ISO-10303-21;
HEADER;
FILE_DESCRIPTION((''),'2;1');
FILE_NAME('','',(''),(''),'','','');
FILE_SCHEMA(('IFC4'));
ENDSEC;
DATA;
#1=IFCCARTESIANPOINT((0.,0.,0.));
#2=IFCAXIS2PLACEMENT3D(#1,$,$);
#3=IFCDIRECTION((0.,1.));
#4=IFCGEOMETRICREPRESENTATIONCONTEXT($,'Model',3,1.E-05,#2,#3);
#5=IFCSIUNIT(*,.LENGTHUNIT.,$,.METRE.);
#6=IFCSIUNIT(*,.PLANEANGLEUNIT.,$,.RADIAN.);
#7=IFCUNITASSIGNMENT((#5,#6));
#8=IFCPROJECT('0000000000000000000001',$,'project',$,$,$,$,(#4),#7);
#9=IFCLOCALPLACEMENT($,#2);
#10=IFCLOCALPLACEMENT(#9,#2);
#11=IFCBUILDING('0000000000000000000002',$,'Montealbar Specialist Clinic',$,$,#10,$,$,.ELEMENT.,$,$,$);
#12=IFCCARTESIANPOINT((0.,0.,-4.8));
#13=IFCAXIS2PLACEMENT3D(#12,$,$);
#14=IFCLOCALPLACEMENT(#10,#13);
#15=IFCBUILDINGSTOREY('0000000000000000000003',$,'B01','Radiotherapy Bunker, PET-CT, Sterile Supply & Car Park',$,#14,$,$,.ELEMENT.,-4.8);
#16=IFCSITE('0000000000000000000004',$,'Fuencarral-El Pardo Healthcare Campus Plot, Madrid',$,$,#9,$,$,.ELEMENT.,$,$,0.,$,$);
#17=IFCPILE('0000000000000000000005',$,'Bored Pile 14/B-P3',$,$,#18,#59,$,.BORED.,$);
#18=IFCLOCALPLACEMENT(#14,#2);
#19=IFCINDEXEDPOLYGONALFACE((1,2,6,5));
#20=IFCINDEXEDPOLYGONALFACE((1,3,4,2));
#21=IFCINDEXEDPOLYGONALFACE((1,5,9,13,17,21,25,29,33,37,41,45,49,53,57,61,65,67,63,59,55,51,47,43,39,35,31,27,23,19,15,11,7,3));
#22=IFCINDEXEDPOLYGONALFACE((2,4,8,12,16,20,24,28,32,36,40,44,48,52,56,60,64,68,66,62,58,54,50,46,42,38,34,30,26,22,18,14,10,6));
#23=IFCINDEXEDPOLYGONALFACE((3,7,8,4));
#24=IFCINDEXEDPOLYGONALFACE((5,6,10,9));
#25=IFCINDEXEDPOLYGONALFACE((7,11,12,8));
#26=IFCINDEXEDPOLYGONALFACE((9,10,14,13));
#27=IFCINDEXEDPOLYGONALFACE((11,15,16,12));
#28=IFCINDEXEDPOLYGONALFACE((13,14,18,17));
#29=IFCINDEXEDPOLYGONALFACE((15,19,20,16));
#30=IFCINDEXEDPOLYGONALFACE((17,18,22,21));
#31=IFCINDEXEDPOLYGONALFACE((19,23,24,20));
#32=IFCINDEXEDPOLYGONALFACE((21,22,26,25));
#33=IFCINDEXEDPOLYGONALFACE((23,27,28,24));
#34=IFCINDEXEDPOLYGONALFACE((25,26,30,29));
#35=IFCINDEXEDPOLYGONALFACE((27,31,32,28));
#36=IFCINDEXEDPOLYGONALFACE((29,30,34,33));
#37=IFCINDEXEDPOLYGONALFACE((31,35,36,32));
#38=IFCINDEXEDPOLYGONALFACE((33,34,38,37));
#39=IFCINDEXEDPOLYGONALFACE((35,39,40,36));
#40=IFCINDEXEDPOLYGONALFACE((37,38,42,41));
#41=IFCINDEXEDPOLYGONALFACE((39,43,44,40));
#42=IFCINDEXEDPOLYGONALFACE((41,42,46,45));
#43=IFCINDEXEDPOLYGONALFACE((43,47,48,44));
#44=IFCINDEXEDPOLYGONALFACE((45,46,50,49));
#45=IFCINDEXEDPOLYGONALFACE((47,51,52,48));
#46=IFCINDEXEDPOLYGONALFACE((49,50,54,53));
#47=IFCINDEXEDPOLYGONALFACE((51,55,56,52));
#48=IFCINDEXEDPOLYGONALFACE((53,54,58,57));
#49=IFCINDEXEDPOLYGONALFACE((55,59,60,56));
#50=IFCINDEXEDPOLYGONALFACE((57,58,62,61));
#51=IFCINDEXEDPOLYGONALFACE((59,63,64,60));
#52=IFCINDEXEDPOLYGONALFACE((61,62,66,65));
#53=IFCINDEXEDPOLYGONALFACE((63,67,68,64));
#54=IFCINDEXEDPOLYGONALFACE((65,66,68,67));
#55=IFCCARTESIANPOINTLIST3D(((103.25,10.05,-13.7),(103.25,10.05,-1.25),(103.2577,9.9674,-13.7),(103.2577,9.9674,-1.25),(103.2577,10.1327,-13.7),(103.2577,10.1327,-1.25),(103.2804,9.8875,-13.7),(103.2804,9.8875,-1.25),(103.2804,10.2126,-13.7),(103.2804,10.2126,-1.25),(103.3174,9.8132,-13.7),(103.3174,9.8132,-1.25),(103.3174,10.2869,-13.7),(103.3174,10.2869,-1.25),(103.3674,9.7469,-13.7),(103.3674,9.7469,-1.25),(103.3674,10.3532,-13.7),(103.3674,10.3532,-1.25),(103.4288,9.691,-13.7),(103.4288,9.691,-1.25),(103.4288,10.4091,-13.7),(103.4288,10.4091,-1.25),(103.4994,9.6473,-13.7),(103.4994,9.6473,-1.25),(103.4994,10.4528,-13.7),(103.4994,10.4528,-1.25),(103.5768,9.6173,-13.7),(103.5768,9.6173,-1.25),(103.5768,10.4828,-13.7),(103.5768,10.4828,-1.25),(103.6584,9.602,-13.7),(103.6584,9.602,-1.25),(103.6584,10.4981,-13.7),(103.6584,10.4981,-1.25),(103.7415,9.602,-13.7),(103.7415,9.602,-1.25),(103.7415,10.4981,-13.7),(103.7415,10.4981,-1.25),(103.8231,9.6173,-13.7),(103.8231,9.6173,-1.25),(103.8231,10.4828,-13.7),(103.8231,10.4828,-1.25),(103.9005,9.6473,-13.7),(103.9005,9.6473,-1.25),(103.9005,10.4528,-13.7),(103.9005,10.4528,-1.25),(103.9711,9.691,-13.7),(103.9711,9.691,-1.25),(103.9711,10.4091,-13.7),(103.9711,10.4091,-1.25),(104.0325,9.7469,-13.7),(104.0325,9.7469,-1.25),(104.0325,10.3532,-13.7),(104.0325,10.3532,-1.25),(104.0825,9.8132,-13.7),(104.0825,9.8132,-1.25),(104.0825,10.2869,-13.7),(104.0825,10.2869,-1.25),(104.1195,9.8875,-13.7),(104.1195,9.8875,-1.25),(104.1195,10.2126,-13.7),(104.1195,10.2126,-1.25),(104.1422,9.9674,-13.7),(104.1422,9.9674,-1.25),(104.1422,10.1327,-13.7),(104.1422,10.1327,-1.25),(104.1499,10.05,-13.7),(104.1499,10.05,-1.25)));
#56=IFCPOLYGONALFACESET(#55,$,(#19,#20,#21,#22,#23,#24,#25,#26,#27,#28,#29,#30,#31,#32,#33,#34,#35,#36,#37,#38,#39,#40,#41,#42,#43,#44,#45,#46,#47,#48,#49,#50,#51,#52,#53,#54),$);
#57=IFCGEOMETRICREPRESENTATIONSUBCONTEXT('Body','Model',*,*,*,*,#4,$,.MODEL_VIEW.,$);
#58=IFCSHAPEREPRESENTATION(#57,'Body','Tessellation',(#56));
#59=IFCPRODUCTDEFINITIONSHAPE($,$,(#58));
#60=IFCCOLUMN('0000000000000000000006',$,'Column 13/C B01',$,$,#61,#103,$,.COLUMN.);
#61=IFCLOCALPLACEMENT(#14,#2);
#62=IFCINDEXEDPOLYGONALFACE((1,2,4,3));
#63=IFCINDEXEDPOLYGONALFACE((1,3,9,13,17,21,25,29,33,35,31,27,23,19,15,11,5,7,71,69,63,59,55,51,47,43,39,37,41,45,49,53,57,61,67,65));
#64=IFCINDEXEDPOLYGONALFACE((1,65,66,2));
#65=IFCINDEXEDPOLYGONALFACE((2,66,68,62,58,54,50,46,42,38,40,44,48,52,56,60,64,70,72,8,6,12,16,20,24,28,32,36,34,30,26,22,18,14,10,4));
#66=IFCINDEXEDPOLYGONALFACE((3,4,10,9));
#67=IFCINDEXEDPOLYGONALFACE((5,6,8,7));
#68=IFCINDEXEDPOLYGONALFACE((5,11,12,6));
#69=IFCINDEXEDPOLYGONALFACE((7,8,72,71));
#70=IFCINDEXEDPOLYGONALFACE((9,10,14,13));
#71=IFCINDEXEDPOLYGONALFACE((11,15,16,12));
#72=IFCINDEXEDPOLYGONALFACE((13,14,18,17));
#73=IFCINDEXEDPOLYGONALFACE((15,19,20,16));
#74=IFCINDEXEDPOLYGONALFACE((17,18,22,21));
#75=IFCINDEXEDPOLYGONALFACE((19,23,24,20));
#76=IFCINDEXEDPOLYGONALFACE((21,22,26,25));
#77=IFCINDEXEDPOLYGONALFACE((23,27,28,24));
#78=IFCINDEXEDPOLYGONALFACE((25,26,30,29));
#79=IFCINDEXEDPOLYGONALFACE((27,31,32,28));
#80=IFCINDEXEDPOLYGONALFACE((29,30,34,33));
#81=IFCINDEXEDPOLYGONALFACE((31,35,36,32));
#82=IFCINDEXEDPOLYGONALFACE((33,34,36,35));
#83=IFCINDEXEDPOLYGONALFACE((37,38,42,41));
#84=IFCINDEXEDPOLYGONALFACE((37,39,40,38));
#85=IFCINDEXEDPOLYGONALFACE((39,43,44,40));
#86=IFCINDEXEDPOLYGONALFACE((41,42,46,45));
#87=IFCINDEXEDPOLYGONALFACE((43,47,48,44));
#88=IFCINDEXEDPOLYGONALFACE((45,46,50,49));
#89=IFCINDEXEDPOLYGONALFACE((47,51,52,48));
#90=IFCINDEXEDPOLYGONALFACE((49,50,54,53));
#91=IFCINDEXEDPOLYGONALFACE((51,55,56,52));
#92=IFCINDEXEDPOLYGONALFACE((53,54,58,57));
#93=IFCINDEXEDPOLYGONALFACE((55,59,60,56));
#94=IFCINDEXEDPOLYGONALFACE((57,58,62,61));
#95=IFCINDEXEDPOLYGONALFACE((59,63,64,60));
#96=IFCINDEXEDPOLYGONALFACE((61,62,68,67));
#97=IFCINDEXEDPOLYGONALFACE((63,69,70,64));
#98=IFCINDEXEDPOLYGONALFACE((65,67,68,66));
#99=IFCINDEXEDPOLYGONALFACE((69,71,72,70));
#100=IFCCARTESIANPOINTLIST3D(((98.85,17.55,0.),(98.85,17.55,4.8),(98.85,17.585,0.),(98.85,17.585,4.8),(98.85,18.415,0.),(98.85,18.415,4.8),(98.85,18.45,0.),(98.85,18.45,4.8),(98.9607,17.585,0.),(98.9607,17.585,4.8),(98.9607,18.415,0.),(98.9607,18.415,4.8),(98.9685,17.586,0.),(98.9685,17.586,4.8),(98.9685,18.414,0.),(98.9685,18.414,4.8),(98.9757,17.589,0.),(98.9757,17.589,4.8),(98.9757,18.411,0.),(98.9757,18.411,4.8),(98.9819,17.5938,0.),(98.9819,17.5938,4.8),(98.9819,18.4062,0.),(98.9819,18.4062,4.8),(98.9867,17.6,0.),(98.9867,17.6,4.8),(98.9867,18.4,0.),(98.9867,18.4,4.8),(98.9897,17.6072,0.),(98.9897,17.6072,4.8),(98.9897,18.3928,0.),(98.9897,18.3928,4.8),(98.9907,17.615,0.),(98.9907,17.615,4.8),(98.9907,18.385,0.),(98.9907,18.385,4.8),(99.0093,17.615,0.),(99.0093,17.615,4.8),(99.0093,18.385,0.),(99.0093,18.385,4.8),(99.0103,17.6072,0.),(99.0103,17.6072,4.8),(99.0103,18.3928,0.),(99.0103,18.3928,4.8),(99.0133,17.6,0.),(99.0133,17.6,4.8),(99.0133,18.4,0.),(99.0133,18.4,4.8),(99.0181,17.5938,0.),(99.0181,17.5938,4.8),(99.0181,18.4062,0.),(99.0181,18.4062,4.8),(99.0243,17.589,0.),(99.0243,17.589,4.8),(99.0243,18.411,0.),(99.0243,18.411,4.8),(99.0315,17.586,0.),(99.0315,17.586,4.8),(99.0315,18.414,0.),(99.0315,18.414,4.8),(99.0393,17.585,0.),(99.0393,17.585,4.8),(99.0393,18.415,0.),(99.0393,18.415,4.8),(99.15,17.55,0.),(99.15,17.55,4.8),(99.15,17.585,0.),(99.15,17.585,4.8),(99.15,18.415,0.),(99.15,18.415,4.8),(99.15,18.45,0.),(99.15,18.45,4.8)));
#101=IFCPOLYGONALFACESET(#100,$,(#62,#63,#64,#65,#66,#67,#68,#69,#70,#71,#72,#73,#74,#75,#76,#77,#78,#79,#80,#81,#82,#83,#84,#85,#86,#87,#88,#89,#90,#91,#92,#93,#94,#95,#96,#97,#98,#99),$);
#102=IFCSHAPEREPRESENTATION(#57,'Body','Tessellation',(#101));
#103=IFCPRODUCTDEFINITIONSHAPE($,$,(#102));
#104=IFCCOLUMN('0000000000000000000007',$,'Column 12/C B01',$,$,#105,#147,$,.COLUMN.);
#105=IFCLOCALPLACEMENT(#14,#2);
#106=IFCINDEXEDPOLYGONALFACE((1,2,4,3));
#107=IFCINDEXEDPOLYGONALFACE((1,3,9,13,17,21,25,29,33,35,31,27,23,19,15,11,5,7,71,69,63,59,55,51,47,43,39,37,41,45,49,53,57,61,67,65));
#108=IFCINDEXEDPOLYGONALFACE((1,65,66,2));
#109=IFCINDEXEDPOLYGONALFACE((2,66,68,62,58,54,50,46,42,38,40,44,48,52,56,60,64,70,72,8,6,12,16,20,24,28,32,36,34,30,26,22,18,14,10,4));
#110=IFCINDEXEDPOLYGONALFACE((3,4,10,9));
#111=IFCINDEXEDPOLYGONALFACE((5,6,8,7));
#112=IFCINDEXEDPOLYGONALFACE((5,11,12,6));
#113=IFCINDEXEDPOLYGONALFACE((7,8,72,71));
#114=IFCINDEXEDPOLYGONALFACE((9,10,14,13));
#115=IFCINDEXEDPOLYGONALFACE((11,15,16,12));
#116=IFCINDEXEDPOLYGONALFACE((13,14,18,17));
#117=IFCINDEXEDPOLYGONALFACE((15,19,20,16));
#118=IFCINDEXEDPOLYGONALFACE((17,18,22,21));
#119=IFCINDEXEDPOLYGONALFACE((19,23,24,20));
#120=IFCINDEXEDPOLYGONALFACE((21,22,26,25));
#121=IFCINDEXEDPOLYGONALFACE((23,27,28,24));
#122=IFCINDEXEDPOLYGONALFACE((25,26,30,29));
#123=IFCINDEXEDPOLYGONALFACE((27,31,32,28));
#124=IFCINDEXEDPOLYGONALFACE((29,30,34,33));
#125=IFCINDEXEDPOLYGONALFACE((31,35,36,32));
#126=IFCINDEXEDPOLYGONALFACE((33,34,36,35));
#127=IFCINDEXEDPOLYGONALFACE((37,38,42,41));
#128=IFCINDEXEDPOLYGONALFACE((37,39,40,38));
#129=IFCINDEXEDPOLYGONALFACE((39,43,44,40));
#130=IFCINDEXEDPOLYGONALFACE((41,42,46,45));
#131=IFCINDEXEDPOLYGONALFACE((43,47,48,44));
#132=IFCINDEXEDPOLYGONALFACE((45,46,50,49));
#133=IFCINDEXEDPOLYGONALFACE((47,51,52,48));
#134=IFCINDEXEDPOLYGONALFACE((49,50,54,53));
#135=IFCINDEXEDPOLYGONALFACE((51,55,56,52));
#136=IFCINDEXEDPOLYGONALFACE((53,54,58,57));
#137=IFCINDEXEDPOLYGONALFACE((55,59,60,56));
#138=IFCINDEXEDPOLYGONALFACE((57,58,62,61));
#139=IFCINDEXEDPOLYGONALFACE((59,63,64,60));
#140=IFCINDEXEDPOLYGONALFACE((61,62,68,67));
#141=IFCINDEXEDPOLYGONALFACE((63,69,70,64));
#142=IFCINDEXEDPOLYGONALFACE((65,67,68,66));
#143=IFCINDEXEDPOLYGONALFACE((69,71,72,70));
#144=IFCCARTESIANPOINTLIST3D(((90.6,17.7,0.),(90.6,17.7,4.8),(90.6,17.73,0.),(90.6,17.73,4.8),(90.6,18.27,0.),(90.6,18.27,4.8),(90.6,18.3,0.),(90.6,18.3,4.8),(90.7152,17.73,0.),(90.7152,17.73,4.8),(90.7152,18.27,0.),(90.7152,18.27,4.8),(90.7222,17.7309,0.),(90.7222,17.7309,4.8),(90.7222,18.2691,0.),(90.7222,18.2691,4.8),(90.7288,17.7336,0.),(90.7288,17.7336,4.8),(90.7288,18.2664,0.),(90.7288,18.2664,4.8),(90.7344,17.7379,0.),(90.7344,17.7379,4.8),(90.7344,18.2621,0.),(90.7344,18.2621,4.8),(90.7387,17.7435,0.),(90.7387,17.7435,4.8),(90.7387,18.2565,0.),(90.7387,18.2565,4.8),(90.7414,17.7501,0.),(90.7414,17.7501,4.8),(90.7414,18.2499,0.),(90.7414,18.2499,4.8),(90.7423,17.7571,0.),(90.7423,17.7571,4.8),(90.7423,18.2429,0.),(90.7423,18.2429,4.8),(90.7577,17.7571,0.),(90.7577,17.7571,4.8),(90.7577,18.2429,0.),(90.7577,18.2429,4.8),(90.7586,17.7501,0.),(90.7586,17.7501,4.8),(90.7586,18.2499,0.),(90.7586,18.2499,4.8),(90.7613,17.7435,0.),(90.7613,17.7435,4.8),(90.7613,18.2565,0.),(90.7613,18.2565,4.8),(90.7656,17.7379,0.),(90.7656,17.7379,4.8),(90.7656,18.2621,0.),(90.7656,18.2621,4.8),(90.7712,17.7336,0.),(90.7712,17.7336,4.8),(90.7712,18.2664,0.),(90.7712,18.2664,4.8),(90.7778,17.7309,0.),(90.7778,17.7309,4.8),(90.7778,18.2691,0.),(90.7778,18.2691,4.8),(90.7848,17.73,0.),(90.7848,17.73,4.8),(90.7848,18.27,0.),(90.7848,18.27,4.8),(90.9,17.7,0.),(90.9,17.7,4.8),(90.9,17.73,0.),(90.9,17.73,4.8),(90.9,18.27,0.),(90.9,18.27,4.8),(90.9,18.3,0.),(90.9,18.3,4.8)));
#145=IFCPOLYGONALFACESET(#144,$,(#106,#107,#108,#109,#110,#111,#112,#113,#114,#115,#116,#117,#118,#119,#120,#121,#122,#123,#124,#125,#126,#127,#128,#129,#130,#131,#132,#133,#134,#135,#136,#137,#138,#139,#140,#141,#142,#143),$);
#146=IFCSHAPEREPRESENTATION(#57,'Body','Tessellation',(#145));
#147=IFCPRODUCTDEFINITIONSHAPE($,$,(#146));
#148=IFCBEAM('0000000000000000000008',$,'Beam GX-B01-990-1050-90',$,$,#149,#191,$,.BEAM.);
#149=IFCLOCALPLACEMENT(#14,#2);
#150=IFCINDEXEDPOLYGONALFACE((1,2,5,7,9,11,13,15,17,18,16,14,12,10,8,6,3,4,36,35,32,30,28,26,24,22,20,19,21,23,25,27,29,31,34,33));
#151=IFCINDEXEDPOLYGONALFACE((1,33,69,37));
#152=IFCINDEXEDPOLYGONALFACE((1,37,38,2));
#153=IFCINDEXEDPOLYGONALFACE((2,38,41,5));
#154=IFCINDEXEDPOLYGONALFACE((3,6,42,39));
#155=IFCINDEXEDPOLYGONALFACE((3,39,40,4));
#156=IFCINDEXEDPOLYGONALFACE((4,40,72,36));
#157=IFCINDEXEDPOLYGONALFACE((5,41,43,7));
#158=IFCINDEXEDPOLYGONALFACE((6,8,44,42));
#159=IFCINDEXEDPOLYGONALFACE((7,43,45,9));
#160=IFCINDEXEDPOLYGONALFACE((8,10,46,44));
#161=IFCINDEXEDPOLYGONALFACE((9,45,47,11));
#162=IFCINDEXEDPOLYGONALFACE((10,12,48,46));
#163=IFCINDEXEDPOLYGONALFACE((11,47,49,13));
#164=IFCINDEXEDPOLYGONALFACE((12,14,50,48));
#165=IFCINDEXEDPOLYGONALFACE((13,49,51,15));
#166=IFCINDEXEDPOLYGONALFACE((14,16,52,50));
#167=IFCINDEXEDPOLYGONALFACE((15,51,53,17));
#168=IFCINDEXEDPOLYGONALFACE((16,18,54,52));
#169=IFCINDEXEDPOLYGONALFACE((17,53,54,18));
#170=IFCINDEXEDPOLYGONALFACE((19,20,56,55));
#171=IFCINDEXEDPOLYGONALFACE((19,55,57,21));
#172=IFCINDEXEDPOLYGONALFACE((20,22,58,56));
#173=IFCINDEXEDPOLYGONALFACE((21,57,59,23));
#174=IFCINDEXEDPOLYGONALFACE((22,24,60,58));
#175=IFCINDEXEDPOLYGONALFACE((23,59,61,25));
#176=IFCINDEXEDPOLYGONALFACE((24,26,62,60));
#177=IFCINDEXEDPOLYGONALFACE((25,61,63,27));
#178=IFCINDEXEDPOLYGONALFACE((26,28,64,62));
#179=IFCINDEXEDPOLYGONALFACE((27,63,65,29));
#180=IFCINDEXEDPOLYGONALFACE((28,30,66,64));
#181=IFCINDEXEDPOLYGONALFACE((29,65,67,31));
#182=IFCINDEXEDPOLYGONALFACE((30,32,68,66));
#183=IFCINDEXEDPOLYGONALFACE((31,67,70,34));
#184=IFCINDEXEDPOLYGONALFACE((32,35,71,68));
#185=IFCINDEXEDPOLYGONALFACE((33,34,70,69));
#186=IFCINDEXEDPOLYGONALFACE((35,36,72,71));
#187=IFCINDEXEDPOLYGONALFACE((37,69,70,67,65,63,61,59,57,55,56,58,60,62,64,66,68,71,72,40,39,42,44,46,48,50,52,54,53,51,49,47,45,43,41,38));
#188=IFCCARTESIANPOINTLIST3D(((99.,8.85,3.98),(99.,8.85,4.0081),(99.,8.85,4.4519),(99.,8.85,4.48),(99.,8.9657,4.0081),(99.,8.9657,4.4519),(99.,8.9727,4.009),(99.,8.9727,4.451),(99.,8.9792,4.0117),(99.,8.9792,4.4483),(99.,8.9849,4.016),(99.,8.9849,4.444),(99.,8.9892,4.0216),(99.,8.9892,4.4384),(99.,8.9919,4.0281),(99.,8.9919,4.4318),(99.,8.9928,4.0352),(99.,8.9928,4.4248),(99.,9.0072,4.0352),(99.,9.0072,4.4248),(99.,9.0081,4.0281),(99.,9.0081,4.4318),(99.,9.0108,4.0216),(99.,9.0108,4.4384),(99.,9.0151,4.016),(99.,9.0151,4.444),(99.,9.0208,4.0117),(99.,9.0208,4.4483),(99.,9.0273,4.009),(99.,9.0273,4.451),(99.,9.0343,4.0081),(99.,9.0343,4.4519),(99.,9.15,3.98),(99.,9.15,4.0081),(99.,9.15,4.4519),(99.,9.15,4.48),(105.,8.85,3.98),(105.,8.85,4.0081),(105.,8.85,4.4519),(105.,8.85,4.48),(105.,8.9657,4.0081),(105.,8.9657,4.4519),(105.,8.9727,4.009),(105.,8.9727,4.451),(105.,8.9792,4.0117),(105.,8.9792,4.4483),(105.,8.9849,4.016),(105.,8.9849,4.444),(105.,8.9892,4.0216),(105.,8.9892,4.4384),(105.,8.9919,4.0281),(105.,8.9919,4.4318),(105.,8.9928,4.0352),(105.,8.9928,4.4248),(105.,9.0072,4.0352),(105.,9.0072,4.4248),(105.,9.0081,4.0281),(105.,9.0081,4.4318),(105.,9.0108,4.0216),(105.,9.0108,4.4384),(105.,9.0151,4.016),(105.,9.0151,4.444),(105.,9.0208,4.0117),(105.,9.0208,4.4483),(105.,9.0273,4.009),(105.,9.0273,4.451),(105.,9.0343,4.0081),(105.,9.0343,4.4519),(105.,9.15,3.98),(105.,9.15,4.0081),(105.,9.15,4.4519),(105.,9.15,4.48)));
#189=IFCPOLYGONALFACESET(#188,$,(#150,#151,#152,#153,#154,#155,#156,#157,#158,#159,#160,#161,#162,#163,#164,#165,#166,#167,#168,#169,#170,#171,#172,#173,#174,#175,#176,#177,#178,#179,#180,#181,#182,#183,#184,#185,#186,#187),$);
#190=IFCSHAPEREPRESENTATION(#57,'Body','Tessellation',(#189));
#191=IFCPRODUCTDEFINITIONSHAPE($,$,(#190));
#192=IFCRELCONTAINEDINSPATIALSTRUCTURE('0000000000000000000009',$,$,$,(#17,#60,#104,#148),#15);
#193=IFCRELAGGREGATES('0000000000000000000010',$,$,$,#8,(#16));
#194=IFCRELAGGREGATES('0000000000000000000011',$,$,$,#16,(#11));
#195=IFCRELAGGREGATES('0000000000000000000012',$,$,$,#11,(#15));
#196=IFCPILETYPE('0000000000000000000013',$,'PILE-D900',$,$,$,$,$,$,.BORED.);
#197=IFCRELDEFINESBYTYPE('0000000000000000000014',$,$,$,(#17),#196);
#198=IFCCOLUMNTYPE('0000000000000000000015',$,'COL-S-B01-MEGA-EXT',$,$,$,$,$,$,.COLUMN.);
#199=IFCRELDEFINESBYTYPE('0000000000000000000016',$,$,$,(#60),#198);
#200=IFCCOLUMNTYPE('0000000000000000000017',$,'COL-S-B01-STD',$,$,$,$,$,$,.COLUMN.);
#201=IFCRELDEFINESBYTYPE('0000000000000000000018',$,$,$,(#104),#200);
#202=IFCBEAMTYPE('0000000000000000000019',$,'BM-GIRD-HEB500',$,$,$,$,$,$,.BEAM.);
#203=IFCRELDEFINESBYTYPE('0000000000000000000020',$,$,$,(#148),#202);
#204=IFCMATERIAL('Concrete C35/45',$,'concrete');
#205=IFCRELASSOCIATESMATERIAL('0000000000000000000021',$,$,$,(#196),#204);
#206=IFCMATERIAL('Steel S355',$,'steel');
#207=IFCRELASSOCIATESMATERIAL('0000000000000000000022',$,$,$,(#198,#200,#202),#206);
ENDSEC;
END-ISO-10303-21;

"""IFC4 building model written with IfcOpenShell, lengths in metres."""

from ifc_helpers import new_model, si_unit, direction, frame, origin, origin_2d, place, context, subcontext, project, spatial, circle, i_section, extrude, material, material_profile, profile_set, type_object, element, save


model = new_model("IFC4")

# Units and contexts
model_context = context("Model", 3, precision=1e-05, world=origin(), true_north=direction((0.0, 1.0)))
body_context = subcontext(model_context, "Body", "Model", "MODEL_VIEW")
ifc_project = project(units=[si_unit("LENGTHUNIT", "METRE"), si_unit("PLANEANGLEUNIT", "RADIAN")], contexts=[model_context])

# Site, building, storey
site_placement = place(None, origin())
site = spatial("IfcSite", under=ifc_project, at=site_placement, Name="Fuencarral-El Pardo Healthcare Campus Plot, Madrid", CompositionType="ELEMENT", RefElevation=0.0)
building_placement = place(site_placement, origin())
building = spatial("IfcBuilding", under=site, at=building_placement, Name="Montealbar Specialist Clinic", CompositionType="ELEMENT")
storey_placement = place(building_placement, frame((0.0, 0.0, -4.8)))
storey = spatial("IfcBuildingStorey", under=building, at=storey_placement, Name="B01", Description="Radiotherapy Bunker, PET-CT, Sterile Supply & Car Park", CompositionType="ELEMENT", Elevation=-4.8)

# Shared definitions
ifc_material_1 = material(Name="Concrete C35/45", Category="concrete")

# Pile
ifc_material_profile_1 = material_profile(ifc_material_1, circle(Radius=0.45, at=origin_2d()), Name="PILE D900", Category="concrete")
ifc_profile_set_1 = profile_set([ifc_material_profile_1], Name="Concrete C35/45")
pile_type_1 = type_object("IfcPileType", Name="PILE-D900", PredefinedType="BORED", material=ifc_profile_set_1)
pile_placement = place(storey_placement, frame((103.7, 10.05, -1.25), z_axis=(0.0, 0.0, -1.0), x_axis=(1.0, 0.0, 0.0)))
element("IfcPile", 1, at=pile_placement, inside=storey, type_object=pile_type_1, Name="Bored Pile 14/B-P3", PredefinedType="BORED", context=body_context, shape_type="SweptSolid", body=[
    extrude(circle(Radius=0.45, at=origin_2d()), origin(), (0.0, 0.0, 1.0), 12.45),
])

# Columns
ifc_material_2 = material(Name="Steel S355", Category="steel")
ifc_material_profile_2 = material_profile(ifc_material_2, i_section(OverallWidth=0.3, OverallDepth=0.8999, WebThickness=0.0186, FlangeThickness=0.0349, FilletRadius=0.03, at=origin_2d()), Name="HEB 900", Category="steel")
ifc_profile_set_2 = profile_set([ifc_material_profile_2], Name="Steel S355")
column_type_1 = type_object("IfcColumnType", Name="COL-S-B01-MEGA-EXT", PredefinedType="COLUMN", material=ifc_profile_set_2)
column_1_placement = place(storey_placement, frame((99.0, 18.0, 0.0), z_axis=(0.0, 0.0, 1.0), x_axis=(1.0, 0.0, 0.0)))
element("IfcColumn", 2, at=column_1_placement, inside=storey, type_object=column_type_1, Name="Column 13/C B01", PredefinedType="COLUMN", context=body_context, shape_type="SweptSolid", body=[
    extrude(i_section(OverallWidth=0.3, OverallDepth=0.8999, WebThickness=0.0186, FlangeThickness=0.0349, FilletRadius=0.03, at=origin_2d()), origin(), (0.0, 0.0, 1.0), 4.8),
])
ifc_material_profile_3 = material_profile(ifc_material_2, i_section(OverallWidth=0.3, OverallDepth=0.6001, WebThickness=0.0154, FlangeThickness=0.03, FilletRadius=0.0271, at=origin_2d()), Name="HEB 600", Category="steel")
ifc_profile_set_3 = profile_set([ifc_material_profile_3], Name="Steel S355")
column_type_2 = type_object("IfcColumnType", Name="COL-S-B01-STD", PredefinedType="COLUMN", material=ifc_profile_set_3)
column_2_placement = place(storey_placement, frame((90.75, 18.0, 0.0), z_axis=(0.0, 0.0, 1.0), x_axis=(1.0, 0.0, 0.0)))
element("IfcColumn", 3, at=column_2_placement, inside=storey, type_object=column_type_2, Name="Column 12/C B01", PredefinedType="COLUMN", context=body_context, shape_type="SweptSolid", body=[
    extrude(i_section(OverallWidth=0.3, OverallDepth=0.6001, WebThickness=0.0154, FlangeThickness=0.03, FilletRadius=0.0271, at=origin_2d()), origin(), (0.0, 0.0, 1.0), 4.8),
])

# Beam
ifc_material_profile_4 = material_profile(ifc_material_2, i_section(OverallWidth=0.3, OverallDepth=0.5, WebThickness=0.0144, FlangeThickness=0.0281, FilletRadius=0.0271, at=origin_2d()), Name="HEB 500", Category="steel")
ifc_profile_set_4 = profile_set([ifc_material_profile_4], Name="Steel S355")
beam_type_1 = type_object("IfcBeamType", Name="BM-GIRD-HEB500", PredefinedType="BEAM", material=ifc_profile_set_4)
beam_1_placement = place(storey_placement, frame((99.0, 9.0, 4.23), z_axis=(1.0, 0.0, 0.0), x_axis=(0.0, 1.0, 0.0)))
element("IfcBeam", 4, at=beam_1_placement, inside=storey, type_object=beam_type_1, Name="Beam GX-B01-990-1050-90", PredefinedType="BEAM", context=body_context, shape_type="SweptSolid", body=[
    extrude(i_section(OverallWidth=0.3, OverallDepth=0.5, WebThickness=0.0144, FlangeThickness=0.0281, FilletRadius=0.0271, at=origin_2d()), origin(), (0.0, 0.0, 1.0), 6.0),
])

save(model, "model.ifc")
